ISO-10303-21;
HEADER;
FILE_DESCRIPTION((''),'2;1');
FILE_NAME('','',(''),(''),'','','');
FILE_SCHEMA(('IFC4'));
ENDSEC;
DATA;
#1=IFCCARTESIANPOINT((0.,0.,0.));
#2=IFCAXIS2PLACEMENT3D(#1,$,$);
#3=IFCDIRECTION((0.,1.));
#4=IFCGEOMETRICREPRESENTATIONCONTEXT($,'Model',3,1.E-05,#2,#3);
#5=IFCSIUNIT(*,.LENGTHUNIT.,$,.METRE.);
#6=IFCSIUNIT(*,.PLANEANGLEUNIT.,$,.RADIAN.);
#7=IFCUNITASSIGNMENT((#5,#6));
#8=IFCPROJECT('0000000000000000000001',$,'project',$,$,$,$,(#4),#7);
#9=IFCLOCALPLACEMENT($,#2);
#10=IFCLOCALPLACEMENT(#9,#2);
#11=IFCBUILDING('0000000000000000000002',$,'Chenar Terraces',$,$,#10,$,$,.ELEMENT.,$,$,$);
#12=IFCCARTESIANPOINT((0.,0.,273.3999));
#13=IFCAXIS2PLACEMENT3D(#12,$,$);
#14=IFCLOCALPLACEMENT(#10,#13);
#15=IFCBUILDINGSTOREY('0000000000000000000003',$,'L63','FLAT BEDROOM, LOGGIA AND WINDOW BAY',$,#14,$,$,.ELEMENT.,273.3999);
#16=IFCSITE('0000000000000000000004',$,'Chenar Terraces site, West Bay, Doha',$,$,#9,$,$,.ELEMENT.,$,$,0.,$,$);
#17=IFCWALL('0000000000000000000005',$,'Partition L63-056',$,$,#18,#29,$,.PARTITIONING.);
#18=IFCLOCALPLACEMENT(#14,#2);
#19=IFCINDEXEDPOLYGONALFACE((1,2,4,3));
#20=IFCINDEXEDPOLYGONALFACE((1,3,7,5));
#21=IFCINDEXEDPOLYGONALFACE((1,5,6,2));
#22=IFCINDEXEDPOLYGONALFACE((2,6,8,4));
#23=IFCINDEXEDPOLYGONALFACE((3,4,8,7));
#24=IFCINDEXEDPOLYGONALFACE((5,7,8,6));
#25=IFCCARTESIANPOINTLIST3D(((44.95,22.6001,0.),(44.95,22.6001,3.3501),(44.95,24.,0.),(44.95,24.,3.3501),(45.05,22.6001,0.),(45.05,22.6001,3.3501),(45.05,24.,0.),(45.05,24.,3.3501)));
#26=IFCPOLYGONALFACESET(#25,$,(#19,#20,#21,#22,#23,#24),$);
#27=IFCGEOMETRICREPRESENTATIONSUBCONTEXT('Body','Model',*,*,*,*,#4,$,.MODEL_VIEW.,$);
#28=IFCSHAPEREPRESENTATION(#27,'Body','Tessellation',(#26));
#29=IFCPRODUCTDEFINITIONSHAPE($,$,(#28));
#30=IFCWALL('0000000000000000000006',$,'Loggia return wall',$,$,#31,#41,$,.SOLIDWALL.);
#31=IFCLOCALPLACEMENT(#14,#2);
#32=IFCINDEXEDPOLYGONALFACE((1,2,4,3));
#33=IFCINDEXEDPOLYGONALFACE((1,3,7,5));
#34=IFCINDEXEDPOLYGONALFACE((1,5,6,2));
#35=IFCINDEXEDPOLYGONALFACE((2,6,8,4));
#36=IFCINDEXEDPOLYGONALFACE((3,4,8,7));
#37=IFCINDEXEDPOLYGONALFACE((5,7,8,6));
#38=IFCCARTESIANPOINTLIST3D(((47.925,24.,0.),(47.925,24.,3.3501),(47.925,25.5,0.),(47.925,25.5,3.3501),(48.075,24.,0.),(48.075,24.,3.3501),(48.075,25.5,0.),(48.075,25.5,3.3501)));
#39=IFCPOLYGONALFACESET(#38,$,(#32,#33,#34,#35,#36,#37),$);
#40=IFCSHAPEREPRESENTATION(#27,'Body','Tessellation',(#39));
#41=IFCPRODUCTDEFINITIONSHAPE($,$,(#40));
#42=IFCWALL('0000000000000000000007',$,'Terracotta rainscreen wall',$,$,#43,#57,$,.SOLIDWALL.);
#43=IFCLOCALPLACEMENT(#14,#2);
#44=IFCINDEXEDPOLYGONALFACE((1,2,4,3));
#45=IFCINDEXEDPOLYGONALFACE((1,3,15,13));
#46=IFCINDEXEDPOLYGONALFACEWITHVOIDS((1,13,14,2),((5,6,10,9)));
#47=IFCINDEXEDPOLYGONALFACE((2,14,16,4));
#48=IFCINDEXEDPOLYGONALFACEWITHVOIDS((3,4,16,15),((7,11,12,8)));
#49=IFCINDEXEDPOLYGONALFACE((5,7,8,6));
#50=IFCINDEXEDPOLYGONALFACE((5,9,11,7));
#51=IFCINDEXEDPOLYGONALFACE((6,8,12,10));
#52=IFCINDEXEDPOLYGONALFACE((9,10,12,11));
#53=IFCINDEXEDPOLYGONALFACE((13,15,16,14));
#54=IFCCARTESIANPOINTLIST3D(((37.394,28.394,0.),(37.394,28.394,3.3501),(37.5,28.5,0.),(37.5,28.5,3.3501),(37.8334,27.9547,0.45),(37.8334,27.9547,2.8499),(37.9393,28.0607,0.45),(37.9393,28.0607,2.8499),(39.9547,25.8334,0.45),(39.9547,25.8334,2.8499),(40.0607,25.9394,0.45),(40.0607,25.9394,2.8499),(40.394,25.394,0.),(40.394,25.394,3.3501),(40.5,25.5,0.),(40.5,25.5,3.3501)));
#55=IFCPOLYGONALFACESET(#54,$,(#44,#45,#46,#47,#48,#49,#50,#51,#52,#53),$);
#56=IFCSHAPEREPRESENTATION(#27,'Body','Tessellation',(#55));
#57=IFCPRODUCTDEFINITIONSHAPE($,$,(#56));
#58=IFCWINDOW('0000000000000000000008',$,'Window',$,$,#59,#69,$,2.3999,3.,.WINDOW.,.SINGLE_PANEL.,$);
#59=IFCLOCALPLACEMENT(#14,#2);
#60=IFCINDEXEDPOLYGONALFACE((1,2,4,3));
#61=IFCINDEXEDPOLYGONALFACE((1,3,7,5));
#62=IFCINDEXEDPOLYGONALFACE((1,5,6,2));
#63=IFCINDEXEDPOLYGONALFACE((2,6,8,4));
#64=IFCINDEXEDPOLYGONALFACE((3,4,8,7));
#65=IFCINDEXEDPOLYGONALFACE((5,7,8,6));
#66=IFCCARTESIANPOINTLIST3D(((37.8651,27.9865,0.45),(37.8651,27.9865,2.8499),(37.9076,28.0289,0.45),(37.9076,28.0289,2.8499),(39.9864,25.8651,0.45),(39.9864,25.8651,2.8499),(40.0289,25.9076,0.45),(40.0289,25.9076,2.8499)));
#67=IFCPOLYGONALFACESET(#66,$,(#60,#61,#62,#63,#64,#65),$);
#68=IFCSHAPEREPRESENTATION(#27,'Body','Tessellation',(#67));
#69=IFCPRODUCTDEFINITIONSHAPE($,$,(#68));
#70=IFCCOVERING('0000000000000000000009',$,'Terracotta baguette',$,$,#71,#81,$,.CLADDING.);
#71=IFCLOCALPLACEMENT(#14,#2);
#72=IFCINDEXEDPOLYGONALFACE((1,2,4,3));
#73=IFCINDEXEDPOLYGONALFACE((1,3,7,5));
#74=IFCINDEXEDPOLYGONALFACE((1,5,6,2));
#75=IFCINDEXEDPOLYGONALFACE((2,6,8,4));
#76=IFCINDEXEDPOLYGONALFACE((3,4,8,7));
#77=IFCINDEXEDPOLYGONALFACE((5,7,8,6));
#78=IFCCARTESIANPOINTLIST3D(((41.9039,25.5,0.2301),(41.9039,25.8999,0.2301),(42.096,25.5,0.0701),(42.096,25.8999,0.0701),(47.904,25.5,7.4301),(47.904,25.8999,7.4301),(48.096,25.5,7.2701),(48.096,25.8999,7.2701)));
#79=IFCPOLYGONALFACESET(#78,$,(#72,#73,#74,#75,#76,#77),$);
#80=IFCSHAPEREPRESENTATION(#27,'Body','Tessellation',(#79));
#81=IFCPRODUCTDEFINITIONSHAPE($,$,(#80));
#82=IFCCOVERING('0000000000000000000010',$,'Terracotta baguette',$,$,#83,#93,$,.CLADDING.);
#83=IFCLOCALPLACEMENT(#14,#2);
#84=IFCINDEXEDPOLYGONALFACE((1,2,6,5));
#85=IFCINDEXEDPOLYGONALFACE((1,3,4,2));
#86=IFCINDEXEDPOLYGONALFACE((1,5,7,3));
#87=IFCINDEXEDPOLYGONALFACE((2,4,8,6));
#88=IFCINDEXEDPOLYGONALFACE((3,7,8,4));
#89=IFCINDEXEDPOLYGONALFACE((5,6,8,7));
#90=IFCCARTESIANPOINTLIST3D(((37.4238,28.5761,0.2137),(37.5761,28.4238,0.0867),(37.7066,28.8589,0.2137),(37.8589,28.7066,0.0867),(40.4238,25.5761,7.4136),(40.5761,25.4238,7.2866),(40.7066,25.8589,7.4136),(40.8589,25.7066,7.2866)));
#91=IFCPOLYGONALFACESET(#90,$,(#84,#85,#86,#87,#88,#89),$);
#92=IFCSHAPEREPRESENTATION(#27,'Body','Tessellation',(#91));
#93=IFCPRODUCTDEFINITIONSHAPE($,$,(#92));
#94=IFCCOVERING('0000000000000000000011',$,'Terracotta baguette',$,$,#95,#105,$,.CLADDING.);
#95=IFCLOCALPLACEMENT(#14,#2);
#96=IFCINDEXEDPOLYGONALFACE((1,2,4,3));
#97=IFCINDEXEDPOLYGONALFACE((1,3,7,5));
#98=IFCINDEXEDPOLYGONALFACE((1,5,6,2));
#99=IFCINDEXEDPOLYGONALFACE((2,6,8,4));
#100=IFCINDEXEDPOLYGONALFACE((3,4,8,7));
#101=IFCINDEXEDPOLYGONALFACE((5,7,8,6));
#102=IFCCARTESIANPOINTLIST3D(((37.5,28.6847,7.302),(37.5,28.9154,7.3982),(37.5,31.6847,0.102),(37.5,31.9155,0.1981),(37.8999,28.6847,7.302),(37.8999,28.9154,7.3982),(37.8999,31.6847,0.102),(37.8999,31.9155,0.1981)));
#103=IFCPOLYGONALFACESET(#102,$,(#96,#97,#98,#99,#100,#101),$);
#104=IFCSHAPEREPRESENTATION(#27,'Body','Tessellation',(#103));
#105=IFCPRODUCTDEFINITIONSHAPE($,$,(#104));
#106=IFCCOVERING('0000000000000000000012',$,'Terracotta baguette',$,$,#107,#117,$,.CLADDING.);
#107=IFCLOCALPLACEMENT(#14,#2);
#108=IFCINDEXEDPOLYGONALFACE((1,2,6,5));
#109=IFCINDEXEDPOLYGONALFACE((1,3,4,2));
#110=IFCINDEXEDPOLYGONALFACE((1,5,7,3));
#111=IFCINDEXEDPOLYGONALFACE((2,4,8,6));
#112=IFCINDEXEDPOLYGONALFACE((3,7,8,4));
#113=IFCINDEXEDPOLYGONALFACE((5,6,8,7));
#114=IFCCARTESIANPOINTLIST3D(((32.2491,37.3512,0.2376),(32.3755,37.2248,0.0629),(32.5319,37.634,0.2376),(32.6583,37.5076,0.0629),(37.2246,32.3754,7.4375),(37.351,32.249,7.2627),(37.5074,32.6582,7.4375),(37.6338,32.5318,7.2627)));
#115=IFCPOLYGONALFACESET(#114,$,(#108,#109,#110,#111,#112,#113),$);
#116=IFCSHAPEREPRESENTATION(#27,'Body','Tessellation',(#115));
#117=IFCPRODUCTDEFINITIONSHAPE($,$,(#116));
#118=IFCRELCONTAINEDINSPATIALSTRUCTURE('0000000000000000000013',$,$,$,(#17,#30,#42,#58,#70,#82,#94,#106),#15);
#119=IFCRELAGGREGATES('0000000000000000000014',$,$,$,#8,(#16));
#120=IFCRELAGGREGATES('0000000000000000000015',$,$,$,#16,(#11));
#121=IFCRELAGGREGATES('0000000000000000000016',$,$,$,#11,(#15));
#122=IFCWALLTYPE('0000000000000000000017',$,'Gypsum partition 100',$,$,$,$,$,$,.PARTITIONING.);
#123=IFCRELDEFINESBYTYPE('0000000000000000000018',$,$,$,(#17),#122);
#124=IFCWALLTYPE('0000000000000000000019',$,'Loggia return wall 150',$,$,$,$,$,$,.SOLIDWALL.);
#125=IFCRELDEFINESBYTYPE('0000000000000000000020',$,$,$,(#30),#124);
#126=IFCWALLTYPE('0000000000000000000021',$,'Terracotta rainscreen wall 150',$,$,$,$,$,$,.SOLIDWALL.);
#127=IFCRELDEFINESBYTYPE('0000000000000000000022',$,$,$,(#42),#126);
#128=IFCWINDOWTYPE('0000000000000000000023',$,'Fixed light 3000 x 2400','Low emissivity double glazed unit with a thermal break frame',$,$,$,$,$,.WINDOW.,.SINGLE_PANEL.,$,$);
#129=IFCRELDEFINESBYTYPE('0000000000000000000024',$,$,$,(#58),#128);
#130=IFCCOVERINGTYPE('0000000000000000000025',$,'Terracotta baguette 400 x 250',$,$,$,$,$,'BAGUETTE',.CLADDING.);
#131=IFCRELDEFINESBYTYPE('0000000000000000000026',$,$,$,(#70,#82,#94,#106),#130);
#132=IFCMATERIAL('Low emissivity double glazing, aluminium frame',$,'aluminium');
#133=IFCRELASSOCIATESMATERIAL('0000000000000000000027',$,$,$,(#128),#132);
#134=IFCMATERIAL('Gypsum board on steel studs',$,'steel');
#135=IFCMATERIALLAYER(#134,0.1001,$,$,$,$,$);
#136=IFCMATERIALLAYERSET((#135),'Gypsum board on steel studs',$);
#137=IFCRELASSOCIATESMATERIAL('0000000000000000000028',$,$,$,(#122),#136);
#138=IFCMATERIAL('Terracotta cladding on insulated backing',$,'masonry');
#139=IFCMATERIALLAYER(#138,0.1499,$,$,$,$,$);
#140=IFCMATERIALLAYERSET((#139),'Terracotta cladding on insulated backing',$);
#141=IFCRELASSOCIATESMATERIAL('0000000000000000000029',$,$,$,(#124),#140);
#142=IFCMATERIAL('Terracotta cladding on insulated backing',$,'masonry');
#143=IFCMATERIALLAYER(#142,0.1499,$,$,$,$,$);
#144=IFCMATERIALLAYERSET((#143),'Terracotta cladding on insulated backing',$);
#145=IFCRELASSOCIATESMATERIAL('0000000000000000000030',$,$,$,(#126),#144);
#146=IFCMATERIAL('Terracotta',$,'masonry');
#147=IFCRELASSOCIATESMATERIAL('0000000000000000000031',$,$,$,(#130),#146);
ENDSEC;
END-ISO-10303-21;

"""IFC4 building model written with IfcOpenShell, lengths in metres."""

from ifc_helpers import new_model, si_unit, direction, frame, frame_2d, origin, origin_2d, place, context, subcontext, project, spatial, rectangle, extrude, material, layer, layer_set, material_profile, profile_set, type_object, element, fill, save


model = new_model("IFC4")

# Units and contexts
model_context = context("Model", 3, precision=1e-05, world=origin(), true_north=direction((0.0, 1.0)))
body_context = subcontext(model_context, "Body", "Model", "MODEL_VIEW")
ifc_project = project(units=[si_unit("LENGTHUNIT", "METRE"), si_unit("PLANEANGLEUNIT", "RADIAN")], contexts=[model_context])

# Site, building, storey
site_placement = place(None, origin())
site = spatial("IfcSite", under=ifc_project, at=site_placement, Name="Chenar Terraces site, West Bay, Doha", CompositionType="ELEMENT", RefElevation=0.0)
building_placement = place(site_placement, origin())
building = spatial("IfcBuilding", under=site, at=building_placement, Name="Chenar Terraces", CompositionType="ELEMENT")
storey_placement = place(building_placement, frame((0.0, 0.0, 273.3999)))
storey = spatial("IfcBuildingStorey", under=building, at=storey_placement, Name="L63", Description="FLAT BEDROOM, LOGGIA AND WINDOW BAY", CompositionType="ELEMENT", Elevation=273.3999)

# Shared definitions
ifc_material_1 = material(Name="Low emissivity double glazing, aluminium frame", Category="aluminium")
window_type_1 = type_object("IfcWindowType", Name="Fixed light 3000 x 2400", Description="Low emissivity double glazed unit with a thermal break frame", PartitioningType="SINGLE_PANEL", PredefinedType="WINDOW", material=ifc_material_1)

# Walls
ifc_material_2 = material(Name="Gypsum board on steel studs", Category="steel")
ifc_layer_1 = layer(ifc_material_2, 0.1001)
ifc_layer_set_1 = layer_set([ifc_layer_1], Name="Gypsum board on steel studs")
wall_type_1 = type_object("IfcWallType", Name="Gypsum partition 100", PredefinedType="PARTITIONING", material=ifc_layer_set_1)
wall_1_placement = place(storey_placement, frame((45.0, 22.6001, 0.0), z_axis=(0.0, 0.0, 1.0), x_axis=(0.0, 1.0, 0.0)))
element("IfcWall", 1, at=wall_1_placement, inside=storey, type_object=wall_type_1, Name="Partition L63-056", PredefinedType="PARTITIONING", context=body_context, shape_type="SweptSolid", body=[
    extrude(rectangle(XDim=1.3999, YDim=0.1001, at=frame_2d((0.7, 0.0))), origin(), (0.0, 0.0, 1.0), 3.3501),
])
ifc_material_3 = material(Name="Terracotta cladding on insulated backing", Category="masonry")
ifc_layer_2 = layer(ifc_material_3, 0.1499)
ifc_layer_set_2 = layer_set([ifc_layer_2], Name="Terracotta cladding on insulated backing")
wall_type_2 = type_object("IfcWallType", Name="Loggia return wall 150", PredefinedType="SOLIDWALL", material=ifc_layer_set_2)
wall_2_placement = place(storey_placement, frame((48.0, 25.5, 0.0), z_axis=(0.0, 0.0, 1.0), x_axis=(0.0, -1.0, 0.0)))
element("IfcWall", 2, at=wall_2_placement, inside=storey, type_object=wall_type_2, Name="Loggia return wall", PredefinedType="SOLIDWALL", context=body_context, shape_type="SweptSolid", body=[
    extrude(rectangle(XDim=1.5, YDim=0.1499, at=frame_2d((0.75, 0.0))), origin(), (0.0, 0.0, 1.0), 3.3501),
])

# Wall, opening, window
ifc_material_4 = material(Name="Terracotta cladding on insulated backing", Category="masonry")
ifc_layer_3 = layer(ifc_material_4, 0.1499)
ifc_layer_set_3 = layer_set([ifc_layer_3], Name="Terracotta cladding on insulated backing")
wall_type_3 = type_object("IfcWallType", Name="Terracotta rainscreen wall 150", PredefinedType="SOLIDWALL", material=ifc_layer_set_3)
wall_3_placement = place(storey_placement, frame((40.447, 25.447, 0.0), z_axis=(0.0, 0.0, 1.0), x_axis=(-0.707107, 0.707107, 0.0)))
wall_3 = element("IfcWall", 3, at=wall_3_placement, inside=storey, type_object=wall_type_3, Name="Terracotta rainscreen wall", PredefinedType="SOLIDWALL", context=body_context, shape_type="SweptSolid", body=[
    extrude(rectangle(XDim=4.2427, YDim=0.1499, at=frame_2d((2.1213, 0.0))), origin(), (0.0, 0.0, 1.0), 3.3501),
])
opening_1_placement = place(wall_3_placement, frame((0.6213, 0.0, 0.45)))
opening_1 = element("IfcOpeningElement", 4, at=opening_1_placement, cuts=wall_3, PredefinedType="OPENING", context=body_context, shape_type="SweptSolid", body=[
    extrude(rectangle(XDim=3.0, YDim=2.3999, at=frame_2d((1.5, 1.2))), frame((0.0, 0.085, 0.0), z_axis=(0.0, -1.0, 0.0), x_axis=(1.0, 0.0, 0.0)), (0.0, 0.0, 1.0), 0.1699),
])
window_1_placement = place(opening_1_placement, origin())
window_1 = element("IfcWindow", 5, at=window_1_placement, inside=storey, type_object=window_type_1, Name="Window", OverallHeight=2.3999, OverallWidth=3.0, PartitioningType="SINGLE_PANEL", PredefinedType="WINDOW", context=body_context, shape_type="SweptSolid", body=[
    extrude(rectangle(XDim=3.0, YDim=2.3999, at=frame_2d((1.5, 1.2))), frame((0.0, 0.03, 0.0), z_axis=(0.0, -1.0, 0.0), x_axis=(1.0, 0.0, 0.0)), (0.0, 0.0, 1.0), 0.0601),
])
fill(opening_1, window_1)

# Coverings
ifc_material_5 = material(Name="Terracotta", Category="masonry")
ifc_material_profile_1 = material_profile(ifc_material_5, rectangle(XDim=0.3999, YDim=0.25, at=origin_2d()), Name="Terracotta baguette 400 x 250")
ifc_profile_set_1 = profile_set([ifc_material_profile_1], Name="Terracotta")
covering_type = type_object("IfcCoveringType", Name="Terracotta baguette 400 x 250", ElementType="BAGUETTE", PredefinedType="CLADDING", material=ifc_profile_set_1)
covering_1_placement = place(storey_placement, frame((48.0, 25.7, 7.3501), z_axis=(-0.640187, 0.0, -0.768219), x_axis=(0.0, -1.0, 0.0)))
element("IfcCovering", 6, at=covering_1_placement, inside=storey, type_object=covering_type, Name="Terracotta baguette", PredefinedType="CLADDING", context=body_context, shape_type="SweptSolid", body=[
    extrude(rectangle(XDim=0.3999, YDim=0.25, at=origin_2d()), origin(), (0.0, 0.0, 1.0), 9.3723),
])
covering_2_placement = place(storey_placement, frame((40.6414, 25.6414, 7.3501), z_axis=(-0.358981, 0.358981, -0.861548), x_axis=(-0.707107, -0.707107, 0.0)))
element("IfcCovering", 7, at=covering_2_placement, inside=storey, type_object=covering_type, Name="Terracotta baguette", PredefinedType="CLADDING", context=body_context, shape_type="SweptSolid", body=[
    extrude(rectangle(XDim=0.3999, YDim=0.25, at=origin_2d()), origin(), (0.0, 0.0, 1.0), 8.3569),
])
covering_3_placement = place(storey_placement, frame((37.7, 28.8, 7.3501), z_axis=(0.0, 0.384618, -0.923076), x_axis=(-1.0, 0.0, 0.0)))
element("IfcCovering", 8, at=covering_3_placement, inside=storey, type_object=covering_type, Name="Terracotta baguette", PredefinedType="CLADDING", context=body_context, shape_type="SweptSolid", body=[
    extrude(rectangle(XDim=0.3999, YDim=0.25, at=origin_2d()), origin(), (0.0, 0.0, 1.0), 7.8),
])
covering_4_placement = place(storey_placement, frame((37.4292, 32.4536, 7.3501), z_axis=(-0.494222, 0.494247, -0.715167), x_axis=(-0.707124, -0.707089, 0.0)))
element("IfcCovering", 9, at=covering_4_placement, inside=storey, type_object=covering_type, Name="Terracotta baguette", PredefinedType="CLADDING", context=body_context, shape_type="SweptSolid", body=[
    extrude(rectangle(XDim=0.3999, YDim=0.25, at=origin_2d()), origin(), (0.0, 0.0, 1.0), 10.0674),
])

save(model, "model.ifc")
